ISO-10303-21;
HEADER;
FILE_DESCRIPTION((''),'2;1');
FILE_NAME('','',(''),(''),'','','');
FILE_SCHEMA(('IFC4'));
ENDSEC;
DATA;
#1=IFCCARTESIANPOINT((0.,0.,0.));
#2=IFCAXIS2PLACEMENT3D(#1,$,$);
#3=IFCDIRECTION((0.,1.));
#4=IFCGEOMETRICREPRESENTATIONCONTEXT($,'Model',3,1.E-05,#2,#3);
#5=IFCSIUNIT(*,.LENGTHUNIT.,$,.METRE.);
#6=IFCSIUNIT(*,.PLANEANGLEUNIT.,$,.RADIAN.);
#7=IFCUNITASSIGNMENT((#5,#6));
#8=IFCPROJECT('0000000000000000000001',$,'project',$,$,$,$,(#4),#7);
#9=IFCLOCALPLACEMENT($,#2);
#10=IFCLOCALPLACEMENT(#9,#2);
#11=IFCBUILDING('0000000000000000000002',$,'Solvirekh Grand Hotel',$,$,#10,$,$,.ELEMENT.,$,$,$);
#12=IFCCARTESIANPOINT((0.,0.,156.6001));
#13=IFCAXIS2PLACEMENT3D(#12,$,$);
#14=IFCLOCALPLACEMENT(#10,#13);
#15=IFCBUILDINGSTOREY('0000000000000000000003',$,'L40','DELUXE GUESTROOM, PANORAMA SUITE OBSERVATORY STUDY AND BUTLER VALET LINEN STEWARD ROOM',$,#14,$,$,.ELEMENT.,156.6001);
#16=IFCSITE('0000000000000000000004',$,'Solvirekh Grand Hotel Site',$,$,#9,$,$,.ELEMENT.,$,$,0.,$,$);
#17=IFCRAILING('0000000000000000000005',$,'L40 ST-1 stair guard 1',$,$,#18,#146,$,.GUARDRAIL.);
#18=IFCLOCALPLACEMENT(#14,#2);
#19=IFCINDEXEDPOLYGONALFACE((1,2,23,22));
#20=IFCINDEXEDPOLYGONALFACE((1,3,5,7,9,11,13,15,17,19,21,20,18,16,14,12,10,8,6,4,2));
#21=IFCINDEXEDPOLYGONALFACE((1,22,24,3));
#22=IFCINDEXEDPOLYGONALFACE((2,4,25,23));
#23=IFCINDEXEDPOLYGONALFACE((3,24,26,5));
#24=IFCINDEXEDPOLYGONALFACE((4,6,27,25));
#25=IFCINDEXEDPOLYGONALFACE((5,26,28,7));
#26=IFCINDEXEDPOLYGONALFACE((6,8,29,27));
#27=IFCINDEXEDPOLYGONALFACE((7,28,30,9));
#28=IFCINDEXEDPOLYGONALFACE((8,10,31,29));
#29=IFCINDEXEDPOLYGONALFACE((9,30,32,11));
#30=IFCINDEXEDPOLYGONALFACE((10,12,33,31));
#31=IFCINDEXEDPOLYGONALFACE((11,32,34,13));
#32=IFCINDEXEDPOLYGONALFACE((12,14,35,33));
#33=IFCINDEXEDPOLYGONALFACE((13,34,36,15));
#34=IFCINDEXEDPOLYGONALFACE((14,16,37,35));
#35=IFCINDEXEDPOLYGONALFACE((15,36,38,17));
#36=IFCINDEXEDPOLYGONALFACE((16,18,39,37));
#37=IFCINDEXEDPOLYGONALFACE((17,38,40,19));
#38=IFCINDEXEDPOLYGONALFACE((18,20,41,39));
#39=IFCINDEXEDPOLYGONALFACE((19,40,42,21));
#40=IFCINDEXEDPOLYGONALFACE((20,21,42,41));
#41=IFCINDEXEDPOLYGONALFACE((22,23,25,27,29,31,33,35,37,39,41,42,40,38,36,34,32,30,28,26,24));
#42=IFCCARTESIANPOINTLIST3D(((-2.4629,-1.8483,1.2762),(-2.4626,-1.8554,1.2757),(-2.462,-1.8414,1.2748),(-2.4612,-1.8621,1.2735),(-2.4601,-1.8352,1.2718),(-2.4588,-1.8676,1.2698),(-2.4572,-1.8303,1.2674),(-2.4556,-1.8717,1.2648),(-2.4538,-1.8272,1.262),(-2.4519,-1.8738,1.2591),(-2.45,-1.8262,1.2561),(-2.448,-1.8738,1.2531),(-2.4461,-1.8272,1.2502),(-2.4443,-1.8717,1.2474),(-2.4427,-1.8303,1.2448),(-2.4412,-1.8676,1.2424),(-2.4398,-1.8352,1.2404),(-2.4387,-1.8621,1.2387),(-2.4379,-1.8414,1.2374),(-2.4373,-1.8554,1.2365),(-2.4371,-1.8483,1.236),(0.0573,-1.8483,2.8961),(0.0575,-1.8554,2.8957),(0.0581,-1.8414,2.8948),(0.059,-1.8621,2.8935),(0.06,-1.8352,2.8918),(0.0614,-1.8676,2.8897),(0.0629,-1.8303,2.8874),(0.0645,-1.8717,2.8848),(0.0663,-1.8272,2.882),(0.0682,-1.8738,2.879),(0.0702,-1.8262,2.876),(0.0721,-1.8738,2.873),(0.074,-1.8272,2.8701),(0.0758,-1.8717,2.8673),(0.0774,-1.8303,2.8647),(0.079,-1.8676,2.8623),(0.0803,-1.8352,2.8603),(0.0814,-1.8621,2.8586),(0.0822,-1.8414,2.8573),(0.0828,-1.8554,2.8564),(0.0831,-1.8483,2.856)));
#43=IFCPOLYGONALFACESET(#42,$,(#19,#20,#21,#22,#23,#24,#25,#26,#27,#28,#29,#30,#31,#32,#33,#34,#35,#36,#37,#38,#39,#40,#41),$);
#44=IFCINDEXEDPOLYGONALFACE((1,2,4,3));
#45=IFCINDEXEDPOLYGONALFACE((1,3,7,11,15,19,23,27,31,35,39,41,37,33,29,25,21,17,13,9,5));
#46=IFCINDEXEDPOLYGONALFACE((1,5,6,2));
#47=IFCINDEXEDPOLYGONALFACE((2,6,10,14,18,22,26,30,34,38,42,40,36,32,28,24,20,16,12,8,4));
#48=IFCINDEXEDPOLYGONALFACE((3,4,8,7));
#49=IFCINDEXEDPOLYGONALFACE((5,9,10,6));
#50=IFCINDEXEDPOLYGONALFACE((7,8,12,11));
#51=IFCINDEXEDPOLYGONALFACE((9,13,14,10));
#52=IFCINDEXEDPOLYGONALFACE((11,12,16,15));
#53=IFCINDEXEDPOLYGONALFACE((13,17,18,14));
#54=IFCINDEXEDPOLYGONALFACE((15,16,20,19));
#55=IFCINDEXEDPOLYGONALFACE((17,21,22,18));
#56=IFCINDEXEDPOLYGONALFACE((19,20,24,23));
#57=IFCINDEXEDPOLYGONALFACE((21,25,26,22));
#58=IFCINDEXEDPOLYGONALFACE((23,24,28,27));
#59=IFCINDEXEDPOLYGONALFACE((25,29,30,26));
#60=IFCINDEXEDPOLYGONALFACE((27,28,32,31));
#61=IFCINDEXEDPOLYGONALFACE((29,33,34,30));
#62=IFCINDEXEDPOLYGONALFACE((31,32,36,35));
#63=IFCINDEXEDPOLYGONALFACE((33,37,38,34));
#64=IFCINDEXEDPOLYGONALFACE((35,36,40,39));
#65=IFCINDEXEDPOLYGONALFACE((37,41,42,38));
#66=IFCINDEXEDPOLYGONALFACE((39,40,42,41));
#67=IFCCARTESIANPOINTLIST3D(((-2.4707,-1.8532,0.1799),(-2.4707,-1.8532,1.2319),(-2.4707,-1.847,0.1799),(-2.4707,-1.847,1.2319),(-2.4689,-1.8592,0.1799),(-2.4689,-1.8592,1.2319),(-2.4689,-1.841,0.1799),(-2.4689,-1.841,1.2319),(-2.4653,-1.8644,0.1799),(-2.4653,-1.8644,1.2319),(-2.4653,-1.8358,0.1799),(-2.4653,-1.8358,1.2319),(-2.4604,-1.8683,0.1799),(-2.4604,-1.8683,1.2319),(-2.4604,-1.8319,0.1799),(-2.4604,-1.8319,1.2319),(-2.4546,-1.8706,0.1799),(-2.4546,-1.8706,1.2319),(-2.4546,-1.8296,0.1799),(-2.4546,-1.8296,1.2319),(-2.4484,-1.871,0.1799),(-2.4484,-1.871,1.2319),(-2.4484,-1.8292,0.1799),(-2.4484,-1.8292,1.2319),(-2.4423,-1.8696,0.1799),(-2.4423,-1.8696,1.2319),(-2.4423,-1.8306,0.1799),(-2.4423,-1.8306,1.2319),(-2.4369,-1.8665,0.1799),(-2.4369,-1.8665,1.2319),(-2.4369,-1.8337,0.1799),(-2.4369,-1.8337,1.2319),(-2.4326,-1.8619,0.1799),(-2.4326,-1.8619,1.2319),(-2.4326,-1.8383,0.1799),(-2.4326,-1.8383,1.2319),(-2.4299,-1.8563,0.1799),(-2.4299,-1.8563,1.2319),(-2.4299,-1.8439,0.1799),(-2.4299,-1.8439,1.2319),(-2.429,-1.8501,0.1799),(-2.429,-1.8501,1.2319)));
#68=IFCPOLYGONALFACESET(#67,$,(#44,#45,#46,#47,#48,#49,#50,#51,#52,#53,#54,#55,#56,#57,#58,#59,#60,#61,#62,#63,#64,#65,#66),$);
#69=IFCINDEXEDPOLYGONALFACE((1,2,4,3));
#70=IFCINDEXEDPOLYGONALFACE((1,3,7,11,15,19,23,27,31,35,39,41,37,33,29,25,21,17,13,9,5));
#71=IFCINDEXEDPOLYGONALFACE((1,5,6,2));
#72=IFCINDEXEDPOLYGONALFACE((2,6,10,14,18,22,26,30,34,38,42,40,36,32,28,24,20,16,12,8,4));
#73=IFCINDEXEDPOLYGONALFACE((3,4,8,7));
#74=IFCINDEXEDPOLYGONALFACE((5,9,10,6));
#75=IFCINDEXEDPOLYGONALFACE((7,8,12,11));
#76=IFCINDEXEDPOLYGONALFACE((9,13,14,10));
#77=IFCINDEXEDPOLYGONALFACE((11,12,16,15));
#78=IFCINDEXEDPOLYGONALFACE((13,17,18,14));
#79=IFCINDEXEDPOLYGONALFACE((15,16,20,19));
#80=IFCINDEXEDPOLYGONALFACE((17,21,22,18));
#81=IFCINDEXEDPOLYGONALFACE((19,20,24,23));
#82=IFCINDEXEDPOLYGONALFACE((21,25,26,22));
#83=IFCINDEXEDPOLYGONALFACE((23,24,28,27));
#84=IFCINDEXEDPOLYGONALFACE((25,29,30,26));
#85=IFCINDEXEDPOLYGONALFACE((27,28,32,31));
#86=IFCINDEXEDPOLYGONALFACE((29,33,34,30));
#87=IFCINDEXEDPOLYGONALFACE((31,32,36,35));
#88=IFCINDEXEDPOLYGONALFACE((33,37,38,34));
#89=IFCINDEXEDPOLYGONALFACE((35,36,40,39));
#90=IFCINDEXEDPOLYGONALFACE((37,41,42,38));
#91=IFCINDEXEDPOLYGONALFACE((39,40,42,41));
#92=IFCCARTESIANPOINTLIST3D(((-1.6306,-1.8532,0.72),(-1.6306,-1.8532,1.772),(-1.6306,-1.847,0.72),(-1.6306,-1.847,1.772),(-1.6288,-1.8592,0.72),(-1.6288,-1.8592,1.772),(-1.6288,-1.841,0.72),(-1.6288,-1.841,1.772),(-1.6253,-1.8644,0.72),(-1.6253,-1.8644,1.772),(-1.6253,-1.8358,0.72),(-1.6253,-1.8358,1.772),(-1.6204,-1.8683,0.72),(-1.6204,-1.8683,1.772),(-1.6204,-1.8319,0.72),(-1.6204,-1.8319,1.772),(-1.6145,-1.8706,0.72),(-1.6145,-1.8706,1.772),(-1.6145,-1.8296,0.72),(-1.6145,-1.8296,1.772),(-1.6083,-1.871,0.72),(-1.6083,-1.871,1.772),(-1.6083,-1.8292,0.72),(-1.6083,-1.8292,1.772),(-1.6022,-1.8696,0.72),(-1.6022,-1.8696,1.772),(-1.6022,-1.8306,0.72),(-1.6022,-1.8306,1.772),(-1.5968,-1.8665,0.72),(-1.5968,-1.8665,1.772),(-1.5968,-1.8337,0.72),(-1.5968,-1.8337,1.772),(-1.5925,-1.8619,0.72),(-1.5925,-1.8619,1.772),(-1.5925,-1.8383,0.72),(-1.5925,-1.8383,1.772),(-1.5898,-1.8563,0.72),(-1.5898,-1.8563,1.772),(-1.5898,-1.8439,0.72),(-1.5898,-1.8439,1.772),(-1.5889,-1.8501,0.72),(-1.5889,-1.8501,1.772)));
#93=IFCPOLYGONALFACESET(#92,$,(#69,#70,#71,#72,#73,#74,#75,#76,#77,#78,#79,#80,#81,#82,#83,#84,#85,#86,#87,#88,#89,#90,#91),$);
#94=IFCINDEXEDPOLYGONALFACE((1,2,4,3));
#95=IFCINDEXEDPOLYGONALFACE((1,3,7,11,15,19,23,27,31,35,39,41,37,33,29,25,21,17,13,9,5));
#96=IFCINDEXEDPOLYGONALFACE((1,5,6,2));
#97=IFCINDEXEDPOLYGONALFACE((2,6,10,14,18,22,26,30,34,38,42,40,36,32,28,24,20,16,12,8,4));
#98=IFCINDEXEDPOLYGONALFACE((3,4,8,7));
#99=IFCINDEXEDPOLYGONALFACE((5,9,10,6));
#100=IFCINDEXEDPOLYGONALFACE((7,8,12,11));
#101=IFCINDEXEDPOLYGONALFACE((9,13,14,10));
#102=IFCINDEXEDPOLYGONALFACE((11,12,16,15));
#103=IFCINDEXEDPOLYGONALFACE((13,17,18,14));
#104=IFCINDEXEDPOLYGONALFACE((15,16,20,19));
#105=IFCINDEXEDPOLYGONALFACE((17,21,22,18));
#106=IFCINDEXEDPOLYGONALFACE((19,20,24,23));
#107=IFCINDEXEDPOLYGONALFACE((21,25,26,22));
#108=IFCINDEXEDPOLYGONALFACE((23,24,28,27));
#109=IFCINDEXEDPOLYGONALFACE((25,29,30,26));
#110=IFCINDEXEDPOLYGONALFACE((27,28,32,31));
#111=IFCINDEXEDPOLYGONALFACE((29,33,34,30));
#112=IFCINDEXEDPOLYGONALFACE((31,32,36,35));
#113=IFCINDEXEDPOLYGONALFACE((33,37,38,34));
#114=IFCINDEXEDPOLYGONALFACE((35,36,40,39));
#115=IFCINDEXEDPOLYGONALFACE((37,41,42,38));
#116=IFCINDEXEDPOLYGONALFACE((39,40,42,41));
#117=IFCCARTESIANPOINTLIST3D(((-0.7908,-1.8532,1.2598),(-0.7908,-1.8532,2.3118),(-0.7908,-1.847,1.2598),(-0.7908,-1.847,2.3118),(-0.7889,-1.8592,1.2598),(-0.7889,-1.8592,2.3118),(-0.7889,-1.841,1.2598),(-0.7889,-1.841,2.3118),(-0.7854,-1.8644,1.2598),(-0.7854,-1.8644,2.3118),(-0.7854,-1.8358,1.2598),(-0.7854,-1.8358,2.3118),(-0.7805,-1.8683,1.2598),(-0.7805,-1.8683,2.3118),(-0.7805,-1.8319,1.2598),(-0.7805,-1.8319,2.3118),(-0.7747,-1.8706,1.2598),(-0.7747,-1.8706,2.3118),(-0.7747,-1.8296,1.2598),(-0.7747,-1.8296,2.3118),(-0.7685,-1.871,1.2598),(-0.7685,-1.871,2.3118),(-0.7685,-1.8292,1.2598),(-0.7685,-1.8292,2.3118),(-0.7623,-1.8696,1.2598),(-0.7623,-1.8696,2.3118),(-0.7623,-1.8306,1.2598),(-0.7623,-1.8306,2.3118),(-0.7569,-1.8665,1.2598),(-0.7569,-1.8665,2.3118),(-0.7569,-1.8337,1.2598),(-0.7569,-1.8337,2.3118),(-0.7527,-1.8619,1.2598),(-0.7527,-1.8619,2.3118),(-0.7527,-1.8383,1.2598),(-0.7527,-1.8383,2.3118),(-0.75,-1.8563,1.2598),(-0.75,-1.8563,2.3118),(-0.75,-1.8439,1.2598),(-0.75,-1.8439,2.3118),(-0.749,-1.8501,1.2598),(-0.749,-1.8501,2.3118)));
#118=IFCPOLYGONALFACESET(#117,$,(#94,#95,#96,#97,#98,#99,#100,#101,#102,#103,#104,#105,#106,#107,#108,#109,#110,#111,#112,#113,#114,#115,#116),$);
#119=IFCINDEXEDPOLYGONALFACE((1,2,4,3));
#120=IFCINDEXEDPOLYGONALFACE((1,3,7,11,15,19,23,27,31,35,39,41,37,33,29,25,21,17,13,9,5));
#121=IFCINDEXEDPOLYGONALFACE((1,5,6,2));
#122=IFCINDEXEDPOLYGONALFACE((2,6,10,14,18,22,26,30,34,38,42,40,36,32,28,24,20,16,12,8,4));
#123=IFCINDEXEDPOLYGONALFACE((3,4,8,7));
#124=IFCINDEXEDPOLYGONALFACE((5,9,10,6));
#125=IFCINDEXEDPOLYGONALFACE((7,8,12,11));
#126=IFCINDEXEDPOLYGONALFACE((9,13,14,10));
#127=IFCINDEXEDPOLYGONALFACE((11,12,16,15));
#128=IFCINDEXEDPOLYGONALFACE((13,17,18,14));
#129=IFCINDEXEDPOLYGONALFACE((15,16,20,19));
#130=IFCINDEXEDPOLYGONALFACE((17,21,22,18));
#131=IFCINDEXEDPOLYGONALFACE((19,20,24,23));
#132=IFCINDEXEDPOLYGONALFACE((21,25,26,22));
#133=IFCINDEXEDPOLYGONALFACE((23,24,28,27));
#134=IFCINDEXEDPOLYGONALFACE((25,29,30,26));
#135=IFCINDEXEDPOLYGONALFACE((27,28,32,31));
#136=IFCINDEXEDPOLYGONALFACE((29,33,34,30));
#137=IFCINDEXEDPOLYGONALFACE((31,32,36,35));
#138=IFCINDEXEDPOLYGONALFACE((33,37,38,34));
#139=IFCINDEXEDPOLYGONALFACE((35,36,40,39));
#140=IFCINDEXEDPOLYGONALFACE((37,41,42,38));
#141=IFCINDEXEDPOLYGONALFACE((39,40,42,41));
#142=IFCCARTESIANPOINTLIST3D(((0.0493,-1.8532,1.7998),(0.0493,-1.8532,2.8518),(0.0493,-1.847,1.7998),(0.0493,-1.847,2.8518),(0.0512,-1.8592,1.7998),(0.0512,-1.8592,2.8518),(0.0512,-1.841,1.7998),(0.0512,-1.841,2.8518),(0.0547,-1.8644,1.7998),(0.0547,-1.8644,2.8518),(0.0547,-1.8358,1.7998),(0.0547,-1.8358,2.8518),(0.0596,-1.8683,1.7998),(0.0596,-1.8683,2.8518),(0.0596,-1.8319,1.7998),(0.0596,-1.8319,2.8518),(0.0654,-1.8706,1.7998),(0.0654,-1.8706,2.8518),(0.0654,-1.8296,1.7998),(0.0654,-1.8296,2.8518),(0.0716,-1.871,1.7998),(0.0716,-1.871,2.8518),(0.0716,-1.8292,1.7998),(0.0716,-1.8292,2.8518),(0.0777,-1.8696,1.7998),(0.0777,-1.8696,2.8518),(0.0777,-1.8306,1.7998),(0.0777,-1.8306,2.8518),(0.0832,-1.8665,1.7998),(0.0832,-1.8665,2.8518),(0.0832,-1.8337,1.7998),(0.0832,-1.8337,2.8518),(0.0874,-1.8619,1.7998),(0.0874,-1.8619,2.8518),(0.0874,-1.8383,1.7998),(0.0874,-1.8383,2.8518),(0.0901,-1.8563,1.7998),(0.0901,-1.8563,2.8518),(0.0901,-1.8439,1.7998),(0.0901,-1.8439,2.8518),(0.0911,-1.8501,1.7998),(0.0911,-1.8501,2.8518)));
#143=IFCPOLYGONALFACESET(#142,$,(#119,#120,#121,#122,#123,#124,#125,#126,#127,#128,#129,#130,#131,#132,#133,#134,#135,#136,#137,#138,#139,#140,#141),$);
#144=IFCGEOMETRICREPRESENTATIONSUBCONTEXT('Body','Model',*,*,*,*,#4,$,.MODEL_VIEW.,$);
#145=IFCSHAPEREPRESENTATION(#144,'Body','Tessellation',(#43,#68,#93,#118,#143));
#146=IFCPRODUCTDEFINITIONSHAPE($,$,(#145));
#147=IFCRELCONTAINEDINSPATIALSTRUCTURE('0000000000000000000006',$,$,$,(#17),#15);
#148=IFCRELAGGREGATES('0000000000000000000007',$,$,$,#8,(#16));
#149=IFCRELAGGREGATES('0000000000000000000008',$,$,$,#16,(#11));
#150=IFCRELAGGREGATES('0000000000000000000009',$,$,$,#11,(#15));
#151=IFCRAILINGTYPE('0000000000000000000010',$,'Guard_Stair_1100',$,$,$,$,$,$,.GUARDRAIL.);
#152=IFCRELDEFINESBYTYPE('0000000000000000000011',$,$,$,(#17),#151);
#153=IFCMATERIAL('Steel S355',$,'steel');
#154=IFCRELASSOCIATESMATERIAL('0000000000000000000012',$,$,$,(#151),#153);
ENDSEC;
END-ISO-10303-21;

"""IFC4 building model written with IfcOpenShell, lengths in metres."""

from ifc_helpers import new_model, si_unit, direction, frame, origin, origin_2d, place, context, subcontext, project, spatial, circle, extrude, material, type_object, element, save


model = new_model("IFC4")

# Units and contexts
model_context = context("Model", 3, precision=1e-05, world=origin(), true_north=direction((0.0, 1.0)))
body_context = subcontext(model_context, "Body", "Model", "MODEL_VIEW")
ifc_project = project(units=[si_unit("LENGTHUNIT", "METRE"), si_unit("PLANEANGLEUNIT", "RADIAN")], contexts=[model_context])

# Site, building, storey
site_placement = place(None, origin())
site = spatial("IfcSite", under=ifc_project, at=site_placement, Name="Solvirekh Grand Hotel Site", CompositionType="ELEMENT", RefElevation=0.0)
building_placement = place(site_placement, origin())
building = spatial("IfcBuilding", under=site, at=building_placement, Name="Solvirekh Grand Hotel", CompositionType="ELEMENT")
storey_placement = place(building_placement, frame((0.0, 0.0, 156.6001)))
storey = spatial("IfcBuildingStorey", under=building, at=storey_placement, Name="L40", Description="DELUXE GUESTROOM, PANORAMA SUITE OBSERVATORY STUDY AND BUTLER VALET LINEN STEWARD ROOM", CompositionType="ELEMENT", Elevation=156.6001)

# Shared definitions
ifc_material_1 = material(Name="Steel S355", Category="steel")

# Railing
railing_type_1 = type_object("IfcRailingType", Name="Guard_Stair_1100", PredefinedType="GUARDRAIL", material=ifc_material_1)
railing_1_placement = place(storey_placement, frame((-2.45, -1.8501, 0.1799)))
element("IfcRailing", 1, at=railing_1_placement, inside=storey, type_object=railing_type_1, Name="L40 ST-1 stair guard 1", PredefinedType="GUARDRAIL", context=body_context, shape_type="SweptSolid", body=[
    extrude(circle(Radius=0.0239, at=origin_2d()), frame((0.0, 0.0, 1.0762), z_axis=(0.8412, 0.0, 0.540725), x_axis=(0.0, 1.0, 0.0)), (0.0, 0.0, 1.0), 2.9958),
    extrude(circle(Radius=0.021, at=origin_2d()), origin(), (0.0, 0.0, 1.0), 1.052),
    extrude(circle(Radius=0.021, at=origin_2d()), frame((0.8401, 0.0, 0.54)), (0.0, 0.0, 1.0), 1.052),
    extrude(circle(Radius=0.021, at=origin_2d()), frame((1.6799, 0.0, 1.0798)), (0.0, 0.0, 1.0), 1.052),
    extrude(circle(Radius=0.021, at=origin_2d()), frame((2.52, 0.0, 1.6199)), (0.0, 0.0, 1.0), 1.052),
])

save(model, "model.ifc")
